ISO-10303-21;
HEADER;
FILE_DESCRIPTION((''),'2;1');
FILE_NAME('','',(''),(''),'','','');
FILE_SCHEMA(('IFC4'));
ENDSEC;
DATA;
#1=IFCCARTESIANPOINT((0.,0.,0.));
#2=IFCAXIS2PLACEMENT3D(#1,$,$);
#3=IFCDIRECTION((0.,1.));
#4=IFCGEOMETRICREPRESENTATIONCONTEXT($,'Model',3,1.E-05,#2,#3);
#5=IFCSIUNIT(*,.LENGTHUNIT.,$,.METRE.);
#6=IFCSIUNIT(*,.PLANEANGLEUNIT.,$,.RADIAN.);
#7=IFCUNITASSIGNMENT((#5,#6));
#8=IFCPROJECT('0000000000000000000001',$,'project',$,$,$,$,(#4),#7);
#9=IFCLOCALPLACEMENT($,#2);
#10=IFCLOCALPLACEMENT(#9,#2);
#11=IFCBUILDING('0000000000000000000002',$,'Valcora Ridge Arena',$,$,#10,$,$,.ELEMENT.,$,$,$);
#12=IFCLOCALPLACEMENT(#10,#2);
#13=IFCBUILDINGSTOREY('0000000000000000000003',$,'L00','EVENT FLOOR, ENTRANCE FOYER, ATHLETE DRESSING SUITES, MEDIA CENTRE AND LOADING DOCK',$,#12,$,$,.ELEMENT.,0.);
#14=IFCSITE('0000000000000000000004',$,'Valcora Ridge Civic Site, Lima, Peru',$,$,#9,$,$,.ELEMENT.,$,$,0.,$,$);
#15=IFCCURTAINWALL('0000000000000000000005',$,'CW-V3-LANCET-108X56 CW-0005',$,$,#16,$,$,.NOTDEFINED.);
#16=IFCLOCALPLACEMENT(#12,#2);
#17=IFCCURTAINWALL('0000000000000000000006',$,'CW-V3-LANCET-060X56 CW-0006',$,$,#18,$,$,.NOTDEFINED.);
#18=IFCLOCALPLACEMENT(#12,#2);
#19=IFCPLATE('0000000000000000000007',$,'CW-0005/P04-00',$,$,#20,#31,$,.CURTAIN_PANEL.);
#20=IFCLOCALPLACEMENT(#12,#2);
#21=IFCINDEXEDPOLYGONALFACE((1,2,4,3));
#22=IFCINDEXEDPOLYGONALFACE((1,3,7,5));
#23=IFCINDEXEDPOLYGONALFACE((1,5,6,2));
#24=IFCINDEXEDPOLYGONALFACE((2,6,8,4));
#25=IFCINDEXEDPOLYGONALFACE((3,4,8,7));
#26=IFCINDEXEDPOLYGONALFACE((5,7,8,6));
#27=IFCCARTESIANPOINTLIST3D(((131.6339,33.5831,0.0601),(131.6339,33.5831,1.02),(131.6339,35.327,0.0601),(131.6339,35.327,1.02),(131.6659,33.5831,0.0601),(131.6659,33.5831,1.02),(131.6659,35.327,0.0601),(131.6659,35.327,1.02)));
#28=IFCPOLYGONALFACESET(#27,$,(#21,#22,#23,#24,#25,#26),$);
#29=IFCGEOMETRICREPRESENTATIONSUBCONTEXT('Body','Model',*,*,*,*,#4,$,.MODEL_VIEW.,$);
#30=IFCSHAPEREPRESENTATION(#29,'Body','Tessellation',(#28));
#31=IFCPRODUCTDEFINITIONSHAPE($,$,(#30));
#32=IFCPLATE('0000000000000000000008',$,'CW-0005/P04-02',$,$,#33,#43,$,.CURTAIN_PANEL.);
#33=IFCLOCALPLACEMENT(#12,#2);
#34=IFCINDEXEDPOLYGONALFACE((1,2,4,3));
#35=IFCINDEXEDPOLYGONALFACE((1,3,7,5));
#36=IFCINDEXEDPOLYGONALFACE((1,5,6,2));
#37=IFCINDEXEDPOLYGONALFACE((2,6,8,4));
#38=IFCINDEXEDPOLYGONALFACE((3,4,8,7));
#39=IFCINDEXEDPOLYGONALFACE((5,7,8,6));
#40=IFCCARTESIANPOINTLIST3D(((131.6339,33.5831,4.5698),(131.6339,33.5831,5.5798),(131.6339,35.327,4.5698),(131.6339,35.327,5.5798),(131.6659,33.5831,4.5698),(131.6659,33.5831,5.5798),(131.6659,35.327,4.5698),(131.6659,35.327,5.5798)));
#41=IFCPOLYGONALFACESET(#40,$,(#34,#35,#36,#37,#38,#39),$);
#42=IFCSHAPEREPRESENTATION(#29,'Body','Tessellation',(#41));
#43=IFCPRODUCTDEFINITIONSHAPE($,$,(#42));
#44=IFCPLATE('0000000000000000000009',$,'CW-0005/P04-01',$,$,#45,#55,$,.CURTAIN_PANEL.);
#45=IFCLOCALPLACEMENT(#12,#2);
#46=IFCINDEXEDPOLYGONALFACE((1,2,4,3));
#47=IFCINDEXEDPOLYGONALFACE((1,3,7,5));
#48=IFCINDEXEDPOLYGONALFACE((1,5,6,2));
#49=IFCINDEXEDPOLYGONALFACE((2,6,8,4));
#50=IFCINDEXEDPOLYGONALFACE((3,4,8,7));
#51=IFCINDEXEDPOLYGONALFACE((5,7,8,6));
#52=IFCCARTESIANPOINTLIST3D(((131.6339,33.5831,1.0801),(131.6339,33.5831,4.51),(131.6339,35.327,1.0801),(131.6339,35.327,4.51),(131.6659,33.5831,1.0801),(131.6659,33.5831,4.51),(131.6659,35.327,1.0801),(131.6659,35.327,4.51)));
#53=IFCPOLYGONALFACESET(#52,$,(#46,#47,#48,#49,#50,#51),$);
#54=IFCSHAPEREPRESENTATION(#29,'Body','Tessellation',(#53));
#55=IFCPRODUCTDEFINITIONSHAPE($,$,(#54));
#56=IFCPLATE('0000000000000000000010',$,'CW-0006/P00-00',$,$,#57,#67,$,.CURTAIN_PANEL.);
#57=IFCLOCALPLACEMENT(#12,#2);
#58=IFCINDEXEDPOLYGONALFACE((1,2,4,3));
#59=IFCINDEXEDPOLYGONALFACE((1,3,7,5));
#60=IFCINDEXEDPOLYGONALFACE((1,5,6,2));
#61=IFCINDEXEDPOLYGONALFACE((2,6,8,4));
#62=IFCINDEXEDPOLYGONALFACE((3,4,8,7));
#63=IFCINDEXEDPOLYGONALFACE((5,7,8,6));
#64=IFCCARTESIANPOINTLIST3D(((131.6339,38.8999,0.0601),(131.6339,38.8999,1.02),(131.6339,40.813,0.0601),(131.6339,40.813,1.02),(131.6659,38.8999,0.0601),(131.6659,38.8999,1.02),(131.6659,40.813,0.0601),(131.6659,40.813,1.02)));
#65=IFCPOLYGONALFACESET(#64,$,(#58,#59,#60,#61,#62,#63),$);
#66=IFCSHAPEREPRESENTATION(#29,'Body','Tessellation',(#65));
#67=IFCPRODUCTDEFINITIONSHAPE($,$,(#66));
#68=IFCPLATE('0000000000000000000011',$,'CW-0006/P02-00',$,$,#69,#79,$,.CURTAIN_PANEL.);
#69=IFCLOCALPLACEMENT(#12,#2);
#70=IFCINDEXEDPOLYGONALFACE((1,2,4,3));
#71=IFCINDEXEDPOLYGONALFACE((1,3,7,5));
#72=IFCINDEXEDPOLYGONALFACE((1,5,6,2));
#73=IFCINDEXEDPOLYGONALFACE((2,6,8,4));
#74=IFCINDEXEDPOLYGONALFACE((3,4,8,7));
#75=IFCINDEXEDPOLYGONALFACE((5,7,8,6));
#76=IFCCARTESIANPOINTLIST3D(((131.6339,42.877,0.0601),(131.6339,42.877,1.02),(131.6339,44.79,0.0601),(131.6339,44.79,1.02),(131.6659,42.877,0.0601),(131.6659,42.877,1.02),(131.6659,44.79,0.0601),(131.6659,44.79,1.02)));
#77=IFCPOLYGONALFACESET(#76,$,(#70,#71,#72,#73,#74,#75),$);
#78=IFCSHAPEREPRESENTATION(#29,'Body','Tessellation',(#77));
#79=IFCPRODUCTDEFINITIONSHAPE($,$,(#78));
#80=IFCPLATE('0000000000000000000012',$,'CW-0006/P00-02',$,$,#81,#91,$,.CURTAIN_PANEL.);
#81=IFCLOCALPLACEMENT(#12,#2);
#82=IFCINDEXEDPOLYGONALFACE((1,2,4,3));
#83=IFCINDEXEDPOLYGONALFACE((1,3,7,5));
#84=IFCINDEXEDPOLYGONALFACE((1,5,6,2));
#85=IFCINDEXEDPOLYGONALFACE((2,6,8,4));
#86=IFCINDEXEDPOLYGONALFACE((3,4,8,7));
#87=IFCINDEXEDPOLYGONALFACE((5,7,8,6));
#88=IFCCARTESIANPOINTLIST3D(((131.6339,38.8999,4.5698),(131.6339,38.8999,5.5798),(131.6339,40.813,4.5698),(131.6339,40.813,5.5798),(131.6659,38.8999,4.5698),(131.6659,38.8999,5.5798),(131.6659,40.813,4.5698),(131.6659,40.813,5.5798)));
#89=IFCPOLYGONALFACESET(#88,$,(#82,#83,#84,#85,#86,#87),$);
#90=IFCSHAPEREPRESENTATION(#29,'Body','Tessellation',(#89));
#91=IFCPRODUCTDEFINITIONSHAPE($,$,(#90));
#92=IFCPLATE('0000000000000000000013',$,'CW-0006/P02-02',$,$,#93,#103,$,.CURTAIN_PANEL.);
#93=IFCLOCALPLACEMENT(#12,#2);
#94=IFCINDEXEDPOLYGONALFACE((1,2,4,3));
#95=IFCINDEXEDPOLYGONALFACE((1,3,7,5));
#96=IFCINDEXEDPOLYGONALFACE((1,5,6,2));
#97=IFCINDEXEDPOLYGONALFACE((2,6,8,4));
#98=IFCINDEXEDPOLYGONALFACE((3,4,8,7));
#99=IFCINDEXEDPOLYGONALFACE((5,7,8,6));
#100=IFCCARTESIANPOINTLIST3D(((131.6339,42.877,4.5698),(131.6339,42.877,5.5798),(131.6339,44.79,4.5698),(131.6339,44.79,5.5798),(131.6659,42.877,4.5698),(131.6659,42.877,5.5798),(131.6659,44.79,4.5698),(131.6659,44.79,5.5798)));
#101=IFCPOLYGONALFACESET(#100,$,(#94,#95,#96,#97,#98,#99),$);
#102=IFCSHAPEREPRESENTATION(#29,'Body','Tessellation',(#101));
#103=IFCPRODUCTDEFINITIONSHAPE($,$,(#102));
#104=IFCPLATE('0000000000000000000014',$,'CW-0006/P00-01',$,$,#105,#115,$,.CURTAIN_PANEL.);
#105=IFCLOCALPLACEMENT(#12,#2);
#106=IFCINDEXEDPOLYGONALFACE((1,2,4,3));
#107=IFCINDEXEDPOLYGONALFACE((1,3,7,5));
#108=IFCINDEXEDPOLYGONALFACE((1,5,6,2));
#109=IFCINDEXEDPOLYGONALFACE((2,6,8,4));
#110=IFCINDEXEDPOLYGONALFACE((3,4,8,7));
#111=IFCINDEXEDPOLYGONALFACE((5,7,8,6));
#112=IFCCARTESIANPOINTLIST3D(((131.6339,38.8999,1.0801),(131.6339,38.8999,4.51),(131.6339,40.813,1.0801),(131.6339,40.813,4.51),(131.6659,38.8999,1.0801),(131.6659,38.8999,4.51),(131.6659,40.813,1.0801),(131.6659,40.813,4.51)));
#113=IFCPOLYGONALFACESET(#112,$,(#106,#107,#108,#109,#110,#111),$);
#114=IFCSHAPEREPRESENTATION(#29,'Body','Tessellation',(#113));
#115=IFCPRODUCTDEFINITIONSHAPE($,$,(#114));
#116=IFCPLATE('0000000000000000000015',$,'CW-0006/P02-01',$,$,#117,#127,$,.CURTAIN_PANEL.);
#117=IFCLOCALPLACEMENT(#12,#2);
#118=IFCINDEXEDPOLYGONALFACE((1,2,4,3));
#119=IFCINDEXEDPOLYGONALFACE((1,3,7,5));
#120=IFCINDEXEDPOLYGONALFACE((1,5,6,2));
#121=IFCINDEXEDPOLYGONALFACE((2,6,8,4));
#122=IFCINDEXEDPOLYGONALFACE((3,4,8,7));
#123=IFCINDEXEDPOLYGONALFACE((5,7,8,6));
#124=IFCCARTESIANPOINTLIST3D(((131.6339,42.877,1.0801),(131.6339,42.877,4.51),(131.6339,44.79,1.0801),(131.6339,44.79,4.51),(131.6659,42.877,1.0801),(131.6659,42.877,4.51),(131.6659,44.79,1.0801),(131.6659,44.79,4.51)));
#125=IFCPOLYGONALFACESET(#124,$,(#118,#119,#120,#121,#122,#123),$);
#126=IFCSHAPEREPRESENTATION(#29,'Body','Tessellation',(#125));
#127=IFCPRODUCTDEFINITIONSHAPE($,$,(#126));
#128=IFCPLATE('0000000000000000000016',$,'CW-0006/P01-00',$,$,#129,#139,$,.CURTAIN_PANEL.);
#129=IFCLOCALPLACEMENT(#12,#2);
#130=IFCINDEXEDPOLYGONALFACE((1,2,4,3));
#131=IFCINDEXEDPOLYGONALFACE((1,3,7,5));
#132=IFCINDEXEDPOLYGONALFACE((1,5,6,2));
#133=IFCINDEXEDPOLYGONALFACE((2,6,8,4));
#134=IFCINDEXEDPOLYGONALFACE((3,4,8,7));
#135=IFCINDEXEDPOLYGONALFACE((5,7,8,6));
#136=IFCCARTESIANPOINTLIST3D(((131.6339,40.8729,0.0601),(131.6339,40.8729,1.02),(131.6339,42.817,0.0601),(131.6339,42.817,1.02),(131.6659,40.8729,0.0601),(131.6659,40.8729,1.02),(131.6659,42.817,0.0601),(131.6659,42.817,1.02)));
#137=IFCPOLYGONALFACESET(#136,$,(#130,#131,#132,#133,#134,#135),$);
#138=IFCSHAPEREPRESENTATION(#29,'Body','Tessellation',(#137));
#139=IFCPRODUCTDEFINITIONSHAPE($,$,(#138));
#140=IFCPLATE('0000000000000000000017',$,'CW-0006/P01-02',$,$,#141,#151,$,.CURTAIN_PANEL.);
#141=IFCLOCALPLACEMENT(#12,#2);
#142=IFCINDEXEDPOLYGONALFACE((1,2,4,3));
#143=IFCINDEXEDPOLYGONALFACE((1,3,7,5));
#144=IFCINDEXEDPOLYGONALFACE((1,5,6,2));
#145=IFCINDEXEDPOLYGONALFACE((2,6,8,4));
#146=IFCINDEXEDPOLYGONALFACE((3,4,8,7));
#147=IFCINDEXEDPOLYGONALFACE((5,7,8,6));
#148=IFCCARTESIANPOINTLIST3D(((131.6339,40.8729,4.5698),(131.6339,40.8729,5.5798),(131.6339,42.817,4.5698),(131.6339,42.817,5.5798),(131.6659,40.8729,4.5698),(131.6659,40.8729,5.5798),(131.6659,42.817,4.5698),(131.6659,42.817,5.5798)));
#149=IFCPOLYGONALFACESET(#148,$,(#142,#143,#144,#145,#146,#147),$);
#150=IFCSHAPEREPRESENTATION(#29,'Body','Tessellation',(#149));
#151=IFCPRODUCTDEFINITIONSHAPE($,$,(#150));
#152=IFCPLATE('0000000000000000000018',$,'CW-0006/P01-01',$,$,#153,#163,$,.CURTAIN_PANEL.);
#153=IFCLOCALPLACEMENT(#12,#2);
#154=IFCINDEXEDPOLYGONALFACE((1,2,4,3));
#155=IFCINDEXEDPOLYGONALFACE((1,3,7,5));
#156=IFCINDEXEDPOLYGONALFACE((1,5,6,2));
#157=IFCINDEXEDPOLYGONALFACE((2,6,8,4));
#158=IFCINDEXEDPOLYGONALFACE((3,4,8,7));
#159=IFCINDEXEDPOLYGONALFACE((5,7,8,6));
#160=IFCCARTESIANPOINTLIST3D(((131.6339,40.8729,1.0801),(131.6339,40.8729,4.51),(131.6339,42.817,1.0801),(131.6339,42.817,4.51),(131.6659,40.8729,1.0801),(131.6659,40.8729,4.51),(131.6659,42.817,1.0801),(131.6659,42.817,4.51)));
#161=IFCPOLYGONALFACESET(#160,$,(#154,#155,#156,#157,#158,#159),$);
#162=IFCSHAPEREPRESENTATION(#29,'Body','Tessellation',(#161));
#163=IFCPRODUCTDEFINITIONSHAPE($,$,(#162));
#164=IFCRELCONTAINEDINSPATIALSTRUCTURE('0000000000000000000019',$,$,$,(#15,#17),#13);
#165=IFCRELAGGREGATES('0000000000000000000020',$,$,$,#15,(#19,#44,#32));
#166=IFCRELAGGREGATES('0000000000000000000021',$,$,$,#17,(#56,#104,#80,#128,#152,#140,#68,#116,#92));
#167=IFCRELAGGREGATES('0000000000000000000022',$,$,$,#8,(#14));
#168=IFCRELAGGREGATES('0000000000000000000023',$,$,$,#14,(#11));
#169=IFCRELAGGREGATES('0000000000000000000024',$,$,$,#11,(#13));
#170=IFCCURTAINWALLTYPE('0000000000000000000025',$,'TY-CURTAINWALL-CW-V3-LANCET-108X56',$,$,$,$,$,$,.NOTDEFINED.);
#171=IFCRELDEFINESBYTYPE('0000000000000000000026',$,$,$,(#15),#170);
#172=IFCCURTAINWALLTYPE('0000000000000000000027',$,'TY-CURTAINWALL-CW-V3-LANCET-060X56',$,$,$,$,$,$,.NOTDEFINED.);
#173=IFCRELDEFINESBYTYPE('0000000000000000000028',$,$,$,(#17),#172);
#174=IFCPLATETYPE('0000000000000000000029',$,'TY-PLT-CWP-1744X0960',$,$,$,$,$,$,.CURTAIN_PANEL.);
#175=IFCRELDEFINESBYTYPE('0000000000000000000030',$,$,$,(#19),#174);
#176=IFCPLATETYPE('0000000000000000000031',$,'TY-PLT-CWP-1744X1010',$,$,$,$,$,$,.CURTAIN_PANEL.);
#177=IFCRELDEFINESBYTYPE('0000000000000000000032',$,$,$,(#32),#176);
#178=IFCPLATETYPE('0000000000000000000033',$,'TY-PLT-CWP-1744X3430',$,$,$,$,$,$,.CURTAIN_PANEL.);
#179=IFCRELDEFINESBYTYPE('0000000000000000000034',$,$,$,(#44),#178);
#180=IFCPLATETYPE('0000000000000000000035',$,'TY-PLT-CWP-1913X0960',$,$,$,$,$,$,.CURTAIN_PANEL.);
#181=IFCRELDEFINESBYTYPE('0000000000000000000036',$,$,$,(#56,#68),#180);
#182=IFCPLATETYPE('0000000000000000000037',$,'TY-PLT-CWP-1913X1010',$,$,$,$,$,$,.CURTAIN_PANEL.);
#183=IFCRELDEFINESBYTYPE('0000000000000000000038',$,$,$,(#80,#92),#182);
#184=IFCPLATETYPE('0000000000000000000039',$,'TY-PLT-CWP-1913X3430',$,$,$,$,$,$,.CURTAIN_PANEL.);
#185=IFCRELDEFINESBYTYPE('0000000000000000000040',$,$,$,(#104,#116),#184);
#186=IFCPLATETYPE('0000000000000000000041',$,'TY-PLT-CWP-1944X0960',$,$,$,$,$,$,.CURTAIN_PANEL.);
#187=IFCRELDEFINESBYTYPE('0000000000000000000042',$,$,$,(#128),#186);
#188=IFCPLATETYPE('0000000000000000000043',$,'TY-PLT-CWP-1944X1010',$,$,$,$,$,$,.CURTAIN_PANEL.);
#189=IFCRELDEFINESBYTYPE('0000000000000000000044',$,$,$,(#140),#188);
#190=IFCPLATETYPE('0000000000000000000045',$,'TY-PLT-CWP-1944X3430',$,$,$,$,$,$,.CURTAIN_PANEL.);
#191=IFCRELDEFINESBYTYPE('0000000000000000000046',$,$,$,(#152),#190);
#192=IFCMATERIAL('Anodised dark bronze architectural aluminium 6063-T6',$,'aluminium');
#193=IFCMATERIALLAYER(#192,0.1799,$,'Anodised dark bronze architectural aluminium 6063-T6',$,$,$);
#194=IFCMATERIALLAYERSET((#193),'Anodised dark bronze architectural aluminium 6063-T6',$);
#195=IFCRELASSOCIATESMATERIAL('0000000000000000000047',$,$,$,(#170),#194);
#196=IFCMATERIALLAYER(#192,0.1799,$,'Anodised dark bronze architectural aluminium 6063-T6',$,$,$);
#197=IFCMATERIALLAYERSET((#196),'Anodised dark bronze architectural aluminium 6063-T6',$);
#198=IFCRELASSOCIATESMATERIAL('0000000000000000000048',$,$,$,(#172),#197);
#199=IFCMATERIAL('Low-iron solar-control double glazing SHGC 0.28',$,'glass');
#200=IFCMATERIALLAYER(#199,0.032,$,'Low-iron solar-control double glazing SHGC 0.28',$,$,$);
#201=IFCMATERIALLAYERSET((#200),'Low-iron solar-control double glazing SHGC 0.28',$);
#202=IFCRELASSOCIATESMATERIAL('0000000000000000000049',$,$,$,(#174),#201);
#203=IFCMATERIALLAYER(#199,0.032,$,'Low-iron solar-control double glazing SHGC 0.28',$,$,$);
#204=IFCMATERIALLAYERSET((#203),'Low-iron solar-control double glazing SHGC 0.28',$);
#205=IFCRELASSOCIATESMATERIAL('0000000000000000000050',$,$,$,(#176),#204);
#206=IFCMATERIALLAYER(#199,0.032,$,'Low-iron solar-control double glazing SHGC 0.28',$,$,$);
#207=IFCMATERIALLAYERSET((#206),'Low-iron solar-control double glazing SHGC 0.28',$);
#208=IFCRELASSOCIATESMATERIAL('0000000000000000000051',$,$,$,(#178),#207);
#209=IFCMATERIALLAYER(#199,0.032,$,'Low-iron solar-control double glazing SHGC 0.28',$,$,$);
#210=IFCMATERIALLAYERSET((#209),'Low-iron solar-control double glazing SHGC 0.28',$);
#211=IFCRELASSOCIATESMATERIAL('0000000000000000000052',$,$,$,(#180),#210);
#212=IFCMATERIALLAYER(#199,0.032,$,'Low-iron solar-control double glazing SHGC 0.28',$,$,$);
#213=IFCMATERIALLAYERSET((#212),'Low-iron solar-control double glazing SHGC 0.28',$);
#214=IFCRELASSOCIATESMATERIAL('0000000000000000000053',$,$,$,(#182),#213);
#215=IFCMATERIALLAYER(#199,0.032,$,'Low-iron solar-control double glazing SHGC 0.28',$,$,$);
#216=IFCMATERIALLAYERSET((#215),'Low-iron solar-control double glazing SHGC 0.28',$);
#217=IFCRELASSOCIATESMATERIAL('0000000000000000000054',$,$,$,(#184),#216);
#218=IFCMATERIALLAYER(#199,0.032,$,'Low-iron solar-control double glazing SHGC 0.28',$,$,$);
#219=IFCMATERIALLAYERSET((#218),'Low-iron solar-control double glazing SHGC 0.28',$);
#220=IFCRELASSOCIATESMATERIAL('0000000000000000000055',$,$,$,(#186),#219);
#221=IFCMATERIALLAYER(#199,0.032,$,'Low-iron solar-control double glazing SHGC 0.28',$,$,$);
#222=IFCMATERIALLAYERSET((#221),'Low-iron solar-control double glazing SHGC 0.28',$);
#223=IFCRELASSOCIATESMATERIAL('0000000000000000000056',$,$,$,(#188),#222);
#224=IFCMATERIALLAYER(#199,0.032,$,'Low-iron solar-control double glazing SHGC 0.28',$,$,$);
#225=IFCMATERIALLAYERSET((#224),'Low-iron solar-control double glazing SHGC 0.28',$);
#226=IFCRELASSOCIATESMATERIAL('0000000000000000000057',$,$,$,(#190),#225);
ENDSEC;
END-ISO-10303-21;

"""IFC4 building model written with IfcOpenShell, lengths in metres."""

from ifc_helpers import new_model, si_unit, direction, frame, origin, origin_2d, place, context, subcontext, project, spatial, rectangle, extrude, material, layer, layer_set, type_object, element, aggregate, save


model = new_model("IFC4")

# Units and contexts
model_context = context("Model", 3, precision=1e-05, world=origin(), true_north=direction((0.0, 1.0)))
body_context = subcontext(model_context, "Body", "Model", "MODEL_VIEW")
ifc_project = project(units=[si_unit("LENGTHUNIT", "METRE"), si_unit("PLANEANGLEUNIT", "RADIAN")], contexts=[model_context])

# Site, building, storey
site_placement = place(None, origin())
site = spatial("IfcSite", under=ifc_project, at=site_placement, Name="Valcora Ridge Civic Site, Lima, Peru", CompositionType="ELEMENT", RefElevation=0.0)
building_placement = place(site_placement, origin())
building = spatial("IfcBuilding", under=site, at=building_placement, Name="Valcora Ridge Arena", CompositionType="ELEMENT")
storey_placement = place(building_placement, origin())
storey = spatial("IfcBuildingStorey", under=building, at=storey_placement, Name="L00", Description="EVENT FLOOR, ENTRANCE FOYER, ATHLETE DRESSING SUITES, MEDIA CENTRE AND LOADING DOCK", CompositionType="ELEMENT", Elevation=0.0)

# Curtain walls
ifc_material_1 = material(Name="Anodised dark bronze architectural aluminium 6063-T6", Category="aluminium")
ifc_layer_1 = layer(ifc_material_1, 0.1799, Name="Anodised dark bronze architectural aluminium 6063-T6")
ifc_layer_set_1 = layer_set([ifc_layer_1], Name="Anodised dark bronze architectural aluminium 6063-T6")
curtain_wall_type_1 = type_object("IfcCurtainWallType", Name="TY-CURTAINWALL-CW-V3-LANCET-108X56", PredefinedType="NOTDEFINED", material=ifc_layer_set_1)
curtain_wall_1_placement = place(storey_placement, origin())
curtain_wall_1 = element("IfcCurtainWall", 1, at=curtain_wall_1_placement, inside=storey, type_object=curtain_wall_type_1, Name="CW-V3-LANCET-108X56 CW-0005", PredefinedType="NOTDEFINED")
ifc_layer_2 = layer(ifc_material_1, 0.1799, Name="Anodised dark bronze architectural aluminium 6063-T6")
ifc_layer_set_2 = layer_set([ifc_layer_2], Name="Anodised dark bronze architectural aluminium 6063-T6")
curtain_wall_type_2 = type_object("IfcCurtainWallType", Name="TY-CURTAINWALL-CW-V3-LANCET-060X56", PredefinedType="NOTDEFINED", material=ifc_layer_set_2)
curtain_wall_2_placement = place(storey_placement, origin())
curtain_wall_2 = element("IfcCurtainWall", 2, at=curtain_wall_2_placement, inside=storey, type_object=curtain_wall_type_2, Name="CW-V3-LANCET-060X56 CW-0006", PredefinedType="NOTDEFINED")

# Plates
ifc_material_2 = material(Name="Low-iron solar-control double glazing SHGC 0.28", Category="glass")
ifc_layer_3 = layer(ifc_material_2, 0.032, Name="Low-iron solar-control double glazing SHGC 0.28")
ifc_layer_set_3 = layer_set([ifc_layer_3], Name="Low-iron solar-control double glazing SHGC 0.28")
plate_type_1 = type_object("IfcPlateType", Name="TY-PLT-CWP-1744X0960", PredefinedType="CURTAIN_PANEL", material=ifc_layer_set_3)
plate_1_placement = place(storey_placement, frame((131.6499, 34.4551, 0.0601), z_axis=(0.0, 0.0, 1.0), x_axis=(0.0, 1.0, 0.0)))
plate_1 = element("IfcPlate", 3, at=plate_1_placement, type_object=plate_type_1, Name="CW-0005/P04-00", PredefinedType="CURTAIN_PANEL", context=body_context, shape_type="SweptSolid", body=[
    extrude(rectangle(XDim=1.7439, YDim=0.032, at=origin_2d()), origin(), (0.0, 0.0, 1.0), 0.96),
])
ifc_layer_4 = layer(ifc_material_2, 0.032, Name="Low-iron solar-control double glazing SHGC 0.28")
ifc_layer_set_4 = layer_set([ifc_layer_4], Name="Low-iron solar-control double glazing SHGC 0.28")
plate_type_2 = type_object("IfcPlateType", Name="TY-PLT-CWP-1744X1010", PredefinedType="CURTAIN_PANEL", material=ifc_layer_set_4)
plate_2_placement = place(storey_placement, frame((131.6499, 34.4551, 4.5698), z_axis=(0.0, 0.0, 1.0), x_axis=(0.0, 1.0, 0.0)))
plate_2 = element("IfcPlate", 4, at=plate_2_placement, type_object=plate_type_2, Name="CW-0005/P04-02", PredefinedType="CURTAIN_PANEL", context=body_context, shape_type="SweptSolid", body=[
    extrude(rectangle(XDim=1.7439, YDim=0.032, at=origin_2d()), origin(), (0.0, 0.0, 1.0), 1.01),
])
ifc_layer_5 = layer(ifc_material_2, 0.032, Name="Low-iron solar-control double glazing SHGC 0.28")
ifc_layer_set_5 = layer_set([ifc_layer_5], Name="Low-iron solar-control double glazing SHGC 0.28")
plate_type_3 = type_object("IfcPlateType", Name="TY-PLT-CWP-1744X3430", PredefinedType="CURTAIN_PANEL", material=ifc_layer_set_5)
plate_3_placement = place(storey_placement, frame((131.6499, 34.4551, 1.0801), z_axis=(0.0, 0.0, 1.0), x_axis=(0.0, 1.0, 0.0)))
plate_3 = element("IfcPlate", 5, at=plate_3_placement, type_object=plate_type_3, Name="CW-0005/P04-01", PredefinedType="CURTAIN_PANEL", context=body_context, shape_type="SweptSolid", body=[
    extrude(rectangle(XDim=1.7439, YDim=0.032, at=origin_2d()), origin(), (0.0, 0.0, 1.0), 3.4299),
])
aggregate(curtain_wall_1, [plate_1, plate_3, plate_2])
ifc_layer_6 = layer(ifc_material_2, 0.032, Name="Low-iron solar-control double glazing SHGC 0.28")
ifc_layer_set_6 = layer_set([ifc_layer_6], Name="Low-iron solar-control double glazing SHGC 0.28")
plate_type_4 = type_object("IfcPlateType", Name="TY-PLT-CWP-1913X0960", PredefinedType="CURTAIN_PANEL", material=ifc_layer_set_6)
plate_4_placement = place(storey_placement, frame((131.6499, 39.8564, 0.0601), z_axis=(0.0, 0.0, 1.0), x_axis=(0.0, 1.0, 0.0)))
plate_4 = element("IfcPlate", 6, at=plate_4_placement, type_object=plate_type_4, Name="CW-0006/P00-00", PredefinedType="CURTAIN_PANEL", context=body_context, shape_type="SweptSolid", body=[
    extrude(rectangle(XDim=1.9131, YDim=0.032, at=origin_2d()), origin(), (0.0, 0.0, 1.0), 0.96),
])
plate_5_placement = place(storey_placement, frame((131.6499, 43.8335, 0.0601), z_axis=(0.0, 0.0, 1.0), x_axis=(0.0, 1.0, 0.0)))
plate_5 = element("IfcPlate", 7, at=plate_5_placement, type_object=plate_type_4, Name="CW-0006/P02-00", PredefinedType="CURTAIN_PANEL", context=body_context, shape_type="SweptSolid", body=[
    extrude(rectangle(XDim=1.9131, YDim=0.032, at=origin_2d()), origin(), (0.0, 0.0, 1.0), 0.96),
])
ifc_layer_7 = layer(ifc_material_2, 0.032, Name="Low-iron solar-control double glazing SHGC 0.28")
ifc_layer_set_7 = layer_set([ifc_layer_7], Name="Low-iron solar-control double glazing SHGC 0.28")
plate_type_5 = type_object("IfcPlateType", Name="TY-PLT-CWP-1913X1010", PredefinedType="CURTAIN_PANEL", material=ifc_layer_set_7)
plate_6_placement = place(storey_placement, frame((131.6499, 39.8564, 4.5698), z_axis=(0.0, 0.0, 1.0), x_axis=(0.0, 1.0, 0.0)))
plate_6 = element("IfcPlate", 8, at=plate_6_placement, type_object=plate_type_5, Name="CW-0006/P00-02", PredefinedType="CURTAIN_PANEL", context=body_context, shape_type="SweptSolid", body=[
    extrude(rectangle(XDim=1.9131, YDim=0.032, at=origin_2d()), origin(), (0.0, 0.0, 1.0), 1.01),
])
plate_7_placement = place(storey_placement, frame((131.6499, 43.8335, 4.5698), z_axis=(0.0, 0.0, 1.0), x_axis=(0.0, 1.0, 0.0)))
plate_7 = element("IfcPlate", 9, at=plate_7_placement, type_object=plate_type_5, Name="CW-0006/P02-02", PredefinedType="CURTAIN_PANEL", context=body_context, shape_type="SweptSolid", body=[
    extrude(rectangle(XDim=1.9131, YDim=0.032, at=origin_2d()), origin(), (0.0, 0.0, 1.0), 1.01),
])
ifc_layer_8 = layer(ifc_material_2, 0.032, Name="Low-iron solar-control double glazing SHGC 0.28")
ifc_layer_set_8 = layer_set([ifc_layer_8], Name="Low-iron solar-control double glazing SHGC 0.28")
plate_type_6 = type_object("IfcPlateType", Name="TY-PLT-CWP-1913X3430", PredefinedType="CURTAIN_PANEL", material=ifc_layer_set_8)
plate_8_placement = place(storey_placement, frame((131.6499, 39.8564, 1.0801), z_axis=(0.0, 0.0, 1.0), x_axis=(0.0, 1.0, 0.0)))
plate_8 = element("IfcPlate", 10, at=plate_8_placement, type_object=plate_type_6, Name="CW-0006/P00-01", PredefinedType="CURTAIN_PANEL", context=body_context, shape_type="SweptSolid", body=[
    extrude(rectangle(XDim=1.9131, YDim=0.032, at=origin_2d()), origin(), (0.0, 0.0, 1.0), 3.4299),
])
plate_9_placement = place(storey_placement, frame((131.6499, 43.8335, 1.0801), z_axis=(0.0, 0.0, 1.0), x_axis=(0.0, 1.0, 0.0)))
plate_9 = element("IfcPlate", 11, at=plate_9_placement, type_object=plate_type_6, Name="CW-0006/P02-01", PredefinedType="CURTAIN_PANEL", context=body_context, shape_type="SweptSolid", body=[
    extrude(rectangle(XDim=1.9131, YDim=0.032, at=origin_2d()), origin(), (0.0, 0.0, 1.0), 3.4299),
])
ifc_layer_9 = layer(ifc_material_2, 0.032, Name="Low-iron solar-control double glazing SHGC 0.28")
ifc_layer_set_9 = layer_set([ifc_layer_9], Name="Low-iron solar-control double glazing SHGC 0.28")
plate_type_7 = type_object("IfcPlateType", Name="TY-PLT-CWP-1944X0960", PredefinedType="CURTAIN_PANEL", material=ifc_layer_set_9)
plate_10_placement = place(storey_placement, frame((131.6499, 41.845, 0.0601), z_axis=(0.0, 0.0, 1.0), x_axis=(0.0, 1.0, 0.0)))
plate_10 = element("IfcPlate", 12, at=plate_10_placement, type_object=plate_type_7, Name="CW-0006/P01-00", PredefinedType="CURTAIN_PANEL", context=body_context, shape_type="SweptSolid", body=[
    extrude(rectangle(XDim=1.9441, YDim=0.032, at=origin_2d()), origin(), (0.0, 0.0, 1.0), 0.96),
])
ifc_layer_10 = layer(ifc_material_2, 0.032, Name="Low-iron solar-control double glazing SHGC 0.28")
ifc_layer_set_10 = layer_set([ifc_layer_10], Name="Low-iron solar-control double glazing SHGC 0.28")
plate_type_8 = type_object("IfcPlateType", Name="TY-PLT-CWP-1944X1010", PredefinedType="CURTAIN_PANEL", material=ifc_layer_set_10)
plate_11_placement = place(storey_placement, frame((131.6499, 41.845, 4.5698), z_axis=(0.0, 0.0, 1.0), x_axis=(0.0, 1.0, 0.0)))
plate_11 = element("IfcPlate", 13, at=plate_11_placement, type_object=plate_type_8, Name="CW-0006/P01-02", PredefinedType="CURTAIN_PANEL", context=body_context, shape_type="SweptSolid", body=[
    extrude(rectangle(XDim=1.9441, YDim=0.032, at=origin_2d()), origin(), (0.0, 0.0, 1.0), 1.01),
])
ifc_layer_11 = layer(ifc_material_2, 0.032, Name="Low-iron solar-control double glazing SHGC 0.28")
ifc_layer_set_11 = layer_set([ifc_layer_11], Name="Low-iron solar-control double glazing SHGC 0.28")
plate_type_9 = type_object("IfcPlateType", Name="TY-PLT-CWP-1944X3430", PredefinedType="CURTAIN_PANEL", material=ifc_layer_set_11)
plate_12_placement = place(storey_placement, frame((131.6499, 41.845, 1.0801), z_axis=(0.0, 0.0, 1.0), x_axis=(0.0, 1.0, 0.0)))
plate_12 = element("IfcPlate", 14, at=plate_12_placement, type_object=plate_type_9, Name="CW-0006/P01-01", PredefinedType="CURTAIN_PANEL", context=body_context, shape_type="SweptSolid", body=[
    extrude(rectangle(XDim=1.9441, YDim=0.032, at=origin_2d()), origin(), (0.0, 0.0, 1.0), 3.4299),
])
aggregate(curtain_wall_2, [plate_4, plate_8, plate_6, plate_10, plate_12, plate_11, plate_5, plate_9, plate_7])

save(model, "model.ifc")
